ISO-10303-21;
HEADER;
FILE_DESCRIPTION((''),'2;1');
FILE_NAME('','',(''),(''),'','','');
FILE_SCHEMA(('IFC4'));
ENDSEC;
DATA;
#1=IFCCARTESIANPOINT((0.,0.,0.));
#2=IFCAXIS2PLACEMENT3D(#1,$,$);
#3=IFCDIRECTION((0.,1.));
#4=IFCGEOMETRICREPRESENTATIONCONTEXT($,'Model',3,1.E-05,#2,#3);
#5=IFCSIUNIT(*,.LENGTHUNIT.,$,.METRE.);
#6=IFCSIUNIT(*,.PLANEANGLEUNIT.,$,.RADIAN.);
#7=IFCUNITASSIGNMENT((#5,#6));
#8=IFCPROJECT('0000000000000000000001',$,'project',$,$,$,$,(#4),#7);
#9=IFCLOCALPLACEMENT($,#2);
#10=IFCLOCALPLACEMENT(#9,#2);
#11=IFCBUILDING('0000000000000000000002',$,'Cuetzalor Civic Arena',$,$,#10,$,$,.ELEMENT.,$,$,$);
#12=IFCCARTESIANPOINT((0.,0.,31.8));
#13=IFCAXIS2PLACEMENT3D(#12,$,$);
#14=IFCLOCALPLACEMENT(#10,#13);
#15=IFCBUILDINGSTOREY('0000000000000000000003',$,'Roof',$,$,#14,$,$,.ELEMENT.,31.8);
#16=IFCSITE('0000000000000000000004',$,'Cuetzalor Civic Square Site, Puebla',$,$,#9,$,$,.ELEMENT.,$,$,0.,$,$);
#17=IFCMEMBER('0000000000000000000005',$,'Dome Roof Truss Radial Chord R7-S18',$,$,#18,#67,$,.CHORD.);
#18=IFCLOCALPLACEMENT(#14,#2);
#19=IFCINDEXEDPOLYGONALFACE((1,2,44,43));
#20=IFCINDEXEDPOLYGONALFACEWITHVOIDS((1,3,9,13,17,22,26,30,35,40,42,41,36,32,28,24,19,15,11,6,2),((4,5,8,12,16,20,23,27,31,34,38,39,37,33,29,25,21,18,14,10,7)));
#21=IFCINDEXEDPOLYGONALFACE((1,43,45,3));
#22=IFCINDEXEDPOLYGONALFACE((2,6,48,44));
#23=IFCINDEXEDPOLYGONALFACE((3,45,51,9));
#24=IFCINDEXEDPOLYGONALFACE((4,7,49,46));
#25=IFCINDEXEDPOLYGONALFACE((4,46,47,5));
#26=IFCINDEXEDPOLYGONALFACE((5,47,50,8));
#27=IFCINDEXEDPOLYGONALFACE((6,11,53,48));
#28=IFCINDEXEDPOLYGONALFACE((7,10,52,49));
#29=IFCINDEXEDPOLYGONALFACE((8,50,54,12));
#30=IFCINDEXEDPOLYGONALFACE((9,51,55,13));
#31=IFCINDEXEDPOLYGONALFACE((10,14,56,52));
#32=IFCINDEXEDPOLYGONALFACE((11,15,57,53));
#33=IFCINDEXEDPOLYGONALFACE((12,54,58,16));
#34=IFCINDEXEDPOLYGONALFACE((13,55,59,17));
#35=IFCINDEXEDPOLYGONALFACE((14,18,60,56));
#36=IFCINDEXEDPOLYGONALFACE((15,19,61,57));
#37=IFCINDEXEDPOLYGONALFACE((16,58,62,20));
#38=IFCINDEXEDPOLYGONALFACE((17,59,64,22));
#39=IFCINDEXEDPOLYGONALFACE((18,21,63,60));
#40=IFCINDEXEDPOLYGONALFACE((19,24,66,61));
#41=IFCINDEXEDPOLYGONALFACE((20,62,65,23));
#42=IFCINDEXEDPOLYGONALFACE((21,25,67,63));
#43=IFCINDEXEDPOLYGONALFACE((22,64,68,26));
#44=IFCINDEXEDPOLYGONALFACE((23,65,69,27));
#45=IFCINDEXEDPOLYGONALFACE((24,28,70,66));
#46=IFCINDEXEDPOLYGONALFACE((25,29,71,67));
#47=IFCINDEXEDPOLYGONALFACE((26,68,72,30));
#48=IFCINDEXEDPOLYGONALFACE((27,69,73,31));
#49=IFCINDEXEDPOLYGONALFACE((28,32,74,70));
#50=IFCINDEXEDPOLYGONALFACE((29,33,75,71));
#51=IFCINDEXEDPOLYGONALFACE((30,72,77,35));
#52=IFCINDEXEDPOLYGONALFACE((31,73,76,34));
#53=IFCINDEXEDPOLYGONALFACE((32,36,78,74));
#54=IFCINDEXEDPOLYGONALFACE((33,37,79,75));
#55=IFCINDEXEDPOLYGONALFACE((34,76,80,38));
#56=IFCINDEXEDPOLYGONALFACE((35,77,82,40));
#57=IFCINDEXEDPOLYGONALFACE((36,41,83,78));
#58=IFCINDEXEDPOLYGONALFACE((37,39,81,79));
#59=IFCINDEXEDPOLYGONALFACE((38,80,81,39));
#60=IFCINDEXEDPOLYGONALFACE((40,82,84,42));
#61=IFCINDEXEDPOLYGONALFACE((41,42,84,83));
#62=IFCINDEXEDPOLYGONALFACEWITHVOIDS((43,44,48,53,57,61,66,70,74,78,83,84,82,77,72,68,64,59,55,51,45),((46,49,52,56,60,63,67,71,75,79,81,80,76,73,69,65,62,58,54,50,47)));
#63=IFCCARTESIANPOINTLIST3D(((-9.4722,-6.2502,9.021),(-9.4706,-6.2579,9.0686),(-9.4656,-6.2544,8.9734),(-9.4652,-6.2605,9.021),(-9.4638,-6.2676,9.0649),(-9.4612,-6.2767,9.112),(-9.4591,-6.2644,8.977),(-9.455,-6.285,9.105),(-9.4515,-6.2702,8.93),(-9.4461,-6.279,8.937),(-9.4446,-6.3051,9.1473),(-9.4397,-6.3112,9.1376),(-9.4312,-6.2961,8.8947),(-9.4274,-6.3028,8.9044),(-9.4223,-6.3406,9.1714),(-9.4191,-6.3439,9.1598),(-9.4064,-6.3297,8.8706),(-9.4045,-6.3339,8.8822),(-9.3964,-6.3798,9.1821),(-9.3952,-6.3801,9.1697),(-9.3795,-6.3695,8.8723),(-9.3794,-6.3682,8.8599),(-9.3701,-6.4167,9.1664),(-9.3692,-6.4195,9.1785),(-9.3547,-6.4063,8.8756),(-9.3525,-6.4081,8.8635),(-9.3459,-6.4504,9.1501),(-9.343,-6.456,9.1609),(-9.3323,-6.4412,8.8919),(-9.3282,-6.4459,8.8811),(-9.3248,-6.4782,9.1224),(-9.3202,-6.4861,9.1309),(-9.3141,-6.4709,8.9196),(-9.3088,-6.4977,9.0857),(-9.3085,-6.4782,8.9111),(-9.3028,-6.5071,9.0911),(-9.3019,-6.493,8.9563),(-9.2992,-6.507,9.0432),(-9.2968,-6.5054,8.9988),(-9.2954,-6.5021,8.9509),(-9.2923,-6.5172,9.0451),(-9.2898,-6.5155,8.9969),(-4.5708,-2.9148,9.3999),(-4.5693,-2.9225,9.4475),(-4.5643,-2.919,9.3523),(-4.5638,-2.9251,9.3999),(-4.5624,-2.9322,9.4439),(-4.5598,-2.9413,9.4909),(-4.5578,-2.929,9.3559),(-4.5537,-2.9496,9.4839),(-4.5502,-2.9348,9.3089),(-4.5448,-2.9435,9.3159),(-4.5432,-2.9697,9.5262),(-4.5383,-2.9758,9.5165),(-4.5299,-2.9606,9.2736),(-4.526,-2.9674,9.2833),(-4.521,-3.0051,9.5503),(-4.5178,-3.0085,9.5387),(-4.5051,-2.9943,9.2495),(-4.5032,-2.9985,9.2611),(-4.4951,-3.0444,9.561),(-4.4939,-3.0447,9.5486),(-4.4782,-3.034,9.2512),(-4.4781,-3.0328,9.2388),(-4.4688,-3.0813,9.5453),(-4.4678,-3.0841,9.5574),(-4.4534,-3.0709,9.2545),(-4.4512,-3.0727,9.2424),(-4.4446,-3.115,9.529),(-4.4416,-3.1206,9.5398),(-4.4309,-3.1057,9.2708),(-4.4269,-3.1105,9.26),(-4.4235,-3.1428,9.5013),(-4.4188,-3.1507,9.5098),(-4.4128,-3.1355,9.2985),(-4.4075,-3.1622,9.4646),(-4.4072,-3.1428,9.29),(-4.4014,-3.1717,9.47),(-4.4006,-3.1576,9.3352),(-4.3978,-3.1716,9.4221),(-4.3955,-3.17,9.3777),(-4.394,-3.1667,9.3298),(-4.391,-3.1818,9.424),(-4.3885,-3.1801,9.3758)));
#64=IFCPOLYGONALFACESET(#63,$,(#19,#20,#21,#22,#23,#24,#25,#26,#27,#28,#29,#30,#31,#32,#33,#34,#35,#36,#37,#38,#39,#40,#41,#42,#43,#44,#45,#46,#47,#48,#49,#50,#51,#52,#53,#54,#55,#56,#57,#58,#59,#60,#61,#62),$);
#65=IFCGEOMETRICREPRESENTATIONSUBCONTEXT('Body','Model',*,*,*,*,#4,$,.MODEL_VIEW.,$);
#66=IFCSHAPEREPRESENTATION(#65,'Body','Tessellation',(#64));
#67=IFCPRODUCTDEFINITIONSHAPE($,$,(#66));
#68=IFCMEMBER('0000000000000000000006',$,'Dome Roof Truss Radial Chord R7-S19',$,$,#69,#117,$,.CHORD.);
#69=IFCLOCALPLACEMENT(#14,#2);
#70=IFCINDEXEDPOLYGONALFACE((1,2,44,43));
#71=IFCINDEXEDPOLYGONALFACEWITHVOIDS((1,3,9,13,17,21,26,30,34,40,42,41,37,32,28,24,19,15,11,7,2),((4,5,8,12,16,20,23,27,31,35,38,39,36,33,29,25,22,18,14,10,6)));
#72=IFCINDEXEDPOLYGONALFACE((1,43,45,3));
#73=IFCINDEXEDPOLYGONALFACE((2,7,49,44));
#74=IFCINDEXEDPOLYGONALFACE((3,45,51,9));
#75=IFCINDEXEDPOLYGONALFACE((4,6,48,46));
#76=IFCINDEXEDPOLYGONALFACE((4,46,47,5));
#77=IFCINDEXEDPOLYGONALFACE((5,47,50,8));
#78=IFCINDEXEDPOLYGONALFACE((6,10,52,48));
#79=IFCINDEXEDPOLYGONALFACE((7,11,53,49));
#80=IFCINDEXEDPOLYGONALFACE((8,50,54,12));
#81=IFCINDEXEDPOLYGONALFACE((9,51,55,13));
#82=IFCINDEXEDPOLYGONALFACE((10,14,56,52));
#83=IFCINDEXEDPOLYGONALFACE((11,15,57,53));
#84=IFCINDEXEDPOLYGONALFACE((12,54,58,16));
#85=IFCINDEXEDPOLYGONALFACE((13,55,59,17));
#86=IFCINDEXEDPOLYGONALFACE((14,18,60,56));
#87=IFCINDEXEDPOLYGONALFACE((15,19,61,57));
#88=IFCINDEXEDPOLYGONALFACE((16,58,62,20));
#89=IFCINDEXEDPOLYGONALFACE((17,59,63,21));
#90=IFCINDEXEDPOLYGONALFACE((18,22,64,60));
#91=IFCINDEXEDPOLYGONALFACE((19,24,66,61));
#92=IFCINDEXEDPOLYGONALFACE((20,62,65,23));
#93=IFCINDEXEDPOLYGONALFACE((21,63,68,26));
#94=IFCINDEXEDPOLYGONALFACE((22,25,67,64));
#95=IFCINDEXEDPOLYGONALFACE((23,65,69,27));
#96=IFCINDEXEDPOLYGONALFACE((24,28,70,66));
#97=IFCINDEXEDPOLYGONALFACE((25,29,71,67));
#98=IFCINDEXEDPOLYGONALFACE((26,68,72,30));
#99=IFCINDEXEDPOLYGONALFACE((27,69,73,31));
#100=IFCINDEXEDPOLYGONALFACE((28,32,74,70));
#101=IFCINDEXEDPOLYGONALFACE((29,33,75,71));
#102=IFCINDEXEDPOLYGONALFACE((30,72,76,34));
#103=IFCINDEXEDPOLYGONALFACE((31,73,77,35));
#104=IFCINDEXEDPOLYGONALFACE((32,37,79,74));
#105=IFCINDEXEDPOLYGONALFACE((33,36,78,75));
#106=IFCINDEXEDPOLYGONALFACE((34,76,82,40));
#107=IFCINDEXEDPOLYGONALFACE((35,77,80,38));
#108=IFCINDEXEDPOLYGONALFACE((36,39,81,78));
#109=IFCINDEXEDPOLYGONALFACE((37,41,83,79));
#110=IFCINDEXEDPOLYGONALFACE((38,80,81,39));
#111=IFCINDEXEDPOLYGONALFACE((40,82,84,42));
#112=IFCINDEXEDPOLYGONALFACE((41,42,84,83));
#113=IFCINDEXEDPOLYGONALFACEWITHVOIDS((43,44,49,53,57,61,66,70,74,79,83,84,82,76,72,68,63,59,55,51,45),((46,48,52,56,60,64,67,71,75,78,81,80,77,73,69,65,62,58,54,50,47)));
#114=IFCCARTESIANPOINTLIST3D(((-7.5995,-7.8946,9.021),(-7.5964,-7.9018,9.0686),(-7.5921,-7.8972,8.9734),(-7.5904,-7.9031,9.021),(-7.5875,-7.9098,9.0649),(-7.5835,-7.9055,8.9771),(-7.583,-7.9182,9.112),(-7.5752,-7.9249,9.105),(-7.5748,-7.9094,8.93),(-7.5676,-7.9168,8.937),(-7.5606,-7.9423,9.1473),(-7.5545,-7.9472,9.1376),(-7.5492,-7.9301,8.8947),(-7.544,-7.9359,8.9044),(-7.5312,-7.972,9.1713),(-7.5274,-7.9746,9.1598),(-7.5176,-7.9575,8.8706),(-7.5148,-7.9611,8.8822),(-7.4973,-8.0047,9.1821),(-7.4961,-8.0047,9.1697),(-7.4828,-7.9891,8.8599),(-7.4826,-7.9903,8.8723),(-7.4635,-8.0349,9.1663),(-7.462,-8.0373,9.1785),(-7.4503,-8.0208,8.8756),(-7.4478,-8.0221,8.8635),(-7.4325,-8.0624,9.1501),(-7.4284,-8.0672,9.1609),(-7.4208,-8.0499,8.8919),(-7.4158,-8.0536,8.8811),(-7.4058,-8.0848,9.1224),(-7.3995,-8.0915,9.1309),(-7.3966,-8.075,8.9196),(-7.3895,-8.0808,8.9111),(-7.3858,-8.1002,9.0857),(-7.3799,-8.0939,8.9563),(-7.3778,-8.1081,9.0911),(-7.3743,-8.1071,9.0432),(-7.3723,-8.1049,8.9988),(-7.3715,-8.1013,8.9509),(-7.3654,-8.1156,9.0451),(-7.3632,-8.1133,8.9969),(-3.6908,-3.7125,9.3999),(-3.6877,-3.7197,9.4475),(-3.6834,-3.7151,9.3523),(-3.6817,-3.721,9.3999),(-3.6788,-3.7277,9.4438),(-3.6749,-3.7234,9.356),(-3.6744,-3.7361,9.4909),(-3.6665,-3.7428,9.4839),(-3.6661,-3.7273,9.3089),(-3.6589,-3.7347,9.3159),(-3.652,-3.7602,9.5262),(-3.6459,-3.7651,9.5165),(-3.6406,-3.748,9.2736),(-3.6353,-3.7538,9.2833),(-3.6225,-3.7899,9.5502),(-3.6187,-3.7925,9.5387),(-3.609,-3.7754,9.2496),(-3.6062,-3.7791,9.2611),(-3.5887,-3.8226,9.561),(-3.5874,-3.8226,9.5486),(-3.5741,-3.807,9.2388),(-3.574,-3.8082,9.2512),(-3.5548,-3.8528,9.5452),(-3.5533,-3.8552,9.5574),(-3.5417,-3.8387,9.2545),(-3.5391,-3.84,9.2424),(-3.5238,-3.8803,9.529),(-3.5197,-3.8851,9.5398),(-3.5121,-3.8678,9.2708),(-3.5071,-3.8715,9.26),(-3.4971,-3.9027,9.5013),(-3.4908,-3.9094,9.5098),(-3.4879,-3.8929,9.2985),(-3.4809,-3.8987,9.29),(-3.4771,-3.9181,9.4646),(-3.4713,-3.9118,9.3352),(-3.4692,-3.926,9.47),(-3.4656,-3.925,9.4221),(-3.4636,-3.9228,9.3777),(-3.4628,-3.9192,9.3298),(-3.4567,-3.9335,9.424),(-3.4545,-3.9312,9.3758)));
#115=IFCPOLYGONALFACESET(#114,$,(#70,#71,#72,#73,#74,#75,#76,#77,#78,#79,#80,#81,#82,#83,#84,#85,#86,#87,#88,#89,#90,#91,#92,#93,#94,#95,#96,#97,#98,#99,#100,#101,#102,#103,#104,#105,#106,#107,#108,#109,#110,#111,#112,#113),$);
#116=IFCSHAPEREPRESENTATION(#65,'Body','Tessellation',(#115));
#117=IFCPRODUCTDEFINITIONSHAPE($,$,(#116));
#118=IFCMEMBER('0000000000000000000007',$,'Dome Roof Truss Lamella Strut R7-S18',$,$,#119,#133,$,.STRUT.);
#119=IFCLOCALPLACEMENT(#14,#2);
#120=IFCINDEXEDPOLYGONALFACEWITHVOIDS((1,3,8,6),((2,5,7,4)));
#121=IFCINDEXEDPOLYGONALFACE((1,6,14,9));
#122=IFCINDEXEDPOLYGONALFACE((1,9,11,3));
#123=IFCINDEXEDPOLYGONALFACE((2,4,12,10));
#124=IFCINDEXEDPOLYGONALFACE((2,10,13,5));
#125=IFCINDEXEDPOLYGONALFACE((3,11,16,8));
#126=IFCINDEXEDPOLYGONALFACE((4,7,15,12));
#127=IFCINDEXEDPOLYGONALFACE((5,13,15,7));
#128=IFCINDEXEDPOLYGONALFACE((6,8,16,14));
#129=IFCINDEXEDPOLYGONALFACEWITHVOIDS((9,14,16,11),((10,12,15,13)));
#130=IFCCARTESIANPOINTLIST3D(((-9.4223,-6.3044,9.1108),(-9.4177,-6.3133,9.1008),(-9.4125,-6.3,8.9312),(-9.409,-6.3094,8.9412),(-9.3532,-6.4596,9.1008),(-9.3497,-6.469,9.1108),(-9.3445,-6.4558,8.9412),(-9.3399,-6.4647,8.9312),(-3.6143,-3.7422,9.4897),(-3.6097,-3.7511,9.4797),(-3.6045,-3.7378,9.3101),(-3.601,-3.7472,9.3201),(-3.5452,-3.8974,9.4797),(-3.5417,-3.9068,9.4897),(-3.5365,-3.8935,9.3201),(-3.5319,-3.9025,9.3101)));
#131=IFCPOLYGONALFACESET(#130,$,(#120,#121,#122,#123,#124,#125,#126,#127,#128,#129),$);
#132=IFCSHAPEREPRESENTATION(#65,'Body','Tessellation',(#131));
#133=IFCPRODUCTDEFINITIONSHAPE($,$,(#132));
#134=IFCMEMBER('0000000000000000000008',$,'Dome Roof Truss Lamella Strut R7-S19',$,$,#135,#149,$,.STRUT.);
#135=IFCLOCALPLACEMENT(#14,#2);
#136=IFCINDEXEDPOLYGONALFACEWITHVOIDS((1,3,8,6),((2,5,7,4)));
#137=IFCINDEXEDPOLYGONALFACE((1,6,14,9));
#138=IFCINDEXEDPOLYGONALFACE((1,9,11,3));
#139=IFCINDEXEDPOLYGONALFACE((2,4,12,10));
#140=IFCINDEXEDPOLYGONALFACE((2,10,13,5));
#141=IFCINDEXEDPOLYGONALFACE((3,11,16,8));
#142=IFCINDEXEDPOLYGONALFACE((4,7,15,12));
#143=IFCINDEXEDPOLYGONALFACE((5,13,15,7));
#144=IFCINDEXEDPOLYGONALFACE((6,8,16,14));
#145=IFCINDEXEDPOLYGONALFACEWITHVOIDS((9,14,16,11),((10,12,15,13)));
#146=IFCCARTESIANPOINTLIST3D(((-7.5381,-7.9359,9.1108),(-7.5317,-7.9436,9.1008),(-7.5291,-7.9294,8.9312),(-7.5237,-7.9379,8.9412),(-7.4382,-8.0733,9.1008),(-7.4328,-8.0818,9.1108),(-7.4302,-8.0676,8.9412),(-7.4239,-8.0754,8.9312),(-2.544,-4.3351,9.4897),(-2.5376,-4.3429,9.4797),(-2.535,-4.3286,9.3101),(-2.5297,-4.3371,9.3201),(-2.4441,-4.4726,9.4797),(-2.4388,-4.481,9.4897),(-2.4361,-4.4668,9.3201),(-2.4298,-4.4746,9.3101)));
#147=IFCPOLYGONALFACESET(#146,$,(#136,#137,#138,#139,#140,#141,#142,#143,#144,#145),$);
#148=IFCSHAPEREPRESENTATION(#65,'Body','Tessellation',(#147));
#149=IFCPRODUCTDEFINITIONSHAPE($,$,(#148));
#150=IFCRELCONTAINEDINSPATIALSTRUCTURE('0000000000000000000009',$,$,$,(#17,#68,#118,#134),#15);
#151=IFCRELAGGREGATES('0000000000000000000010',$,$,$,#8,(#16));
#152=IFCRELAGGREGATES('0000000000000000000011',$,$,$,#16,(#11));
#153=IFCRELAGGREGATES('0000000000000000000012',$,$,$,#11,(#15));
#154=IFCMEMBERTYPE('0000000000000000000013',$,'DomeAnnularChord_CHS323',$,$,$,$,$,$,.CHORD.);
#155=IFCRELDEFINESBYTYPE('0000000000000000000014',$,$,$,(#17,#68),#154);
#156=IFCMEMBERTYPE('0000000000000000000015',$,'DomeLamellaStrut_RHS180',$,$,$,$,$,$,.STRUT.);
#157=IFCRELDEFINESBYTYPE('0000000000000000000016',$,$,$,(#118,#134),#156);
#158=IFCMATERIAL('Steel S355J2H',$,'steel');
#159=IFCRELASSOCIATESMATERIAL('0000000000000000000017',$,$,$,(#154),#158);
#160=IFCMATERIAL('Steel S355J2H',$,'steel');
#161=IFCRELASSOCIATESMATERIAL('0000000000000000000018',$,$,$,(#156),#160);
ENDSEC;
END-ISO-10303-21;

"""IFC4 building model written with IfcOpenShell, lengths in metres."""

from ifc_helpers import new_model, si_unit, direction, frame, origin, origin_2d, place, context, subcontext, project, spatial, hollow_rectangle, hollow_circle, extrude, material, material_profile, profile_set, type_object, element, save


model = new_model("IFC4")

# Units and contexts
model_context = context("Model", 3, precision=1e-05, world=origin(), true_north=direction((0.0, 1.0)))
body_context = subcontext(model_context, "Body", "Model", "MODEL_VIEW")
ifc_project = project(units=[si_unit("LENGTHUNIT", "METRE"), si_unit("PLANEANGLEUNIT", "RADIAN")], contexts=[model_context])

# Site, building, storey
site_placement = place(None, origin())
site = spatial("IfcSite", under=ifc_project, at=site_placement, Name="Cuetzalor Civic Square Site, Puebla", CompositionType="ELEMENT", RefElevation=0.0)
building_placement = place(site_placement, origin())
building = spatial("IfcBuilding", under=site, at=building_placement, Name="Cuetzalor Civic Arena", CompositionType="ELEMENT")
storey_placement = place(building_placement, frame((0.0, 0.0, 31.8)))
storey = spatial("IfcBuildingStorey", under=building, at=storey_placement, Name="Roof", CompositionType="ELEMENT", Elevation=31.8)

# Members
ifc_material_1 = material(Name="Steel S355J2H", Category="steel")
ifc_material_profile_1 = material_profile(ifc_material_1, hollow_circle(Radius=0.1619, WallThickness=0.0125, at=origin_2d()), Name="CHS 323.9x12.5")
ifc_profile_set_1 = profile_set([ifc_material_profile_1], Name="Steel S355J2H")
member_type_1 = type_object("IfcMemberType", Name="DomeAnnularChord_CHS323", PredefinedType="CHORD", material=ifc_profile_set_1)
member_1_placement = place(storey_placement, frame((-9.3811, -6.384, 9.021), z_axis=(0.825046, 0.561455, 0.063781), x_axis=(-0.562601, 0.826729, 0.0)))
element("IfcMember", 1, at=member_1_placement, inside=storey, type_object=member_type_1, Name="Dome Roof Truss Radial Chord R7-S18", PredefinedType="CHORD", context=body_context, shape_type="SweptSolid", body=[
    extrude(hollow_circle(Radius=0.1619, WallThickness=0.0125, at=origin_2d()), origin(), (0.0, 0.0, 1.0), 5.9407),
])
member_2_placement = place(storey_placement, frame((-7.4812, -8.0051, 9.021), z_axis=(0.681329, 0.728992, 0.066048), x_axis=(-0.730587, 0.68282, 0.0)))
element("IfcMember", 2, at=member_2_placement, inside=storey, type_object=member_type_1, Name="Dome Roof Truss Radial Chord R7-S19", PredefinedType="CHORD", context=body_context, shape_type="SweptSolid", body=[
    extrude(hollow_circle(Radius=0.1619, WallThickness=0.0125, at=origin_2d()), origin(), (0.0, 0.0, 1.0), 5.7368),
])
ifc_material_2 = material(Name="Steel S355J2H", Category="steel")
ifc_material_profile_2 = material_profile(ifc_material_2, hollow_rectangle(XDim=0.1799, YDim=0.1799, WallThickness=0.01, at=origin_2d()), Name="RHS 180x180x10")
ifc_profile_set_2 = profile_set([ifc_material_profile_2], Name="Steel S355J2H")
member_type_2 = type_object("IfcMemberType", Name="DomeLamellaStrut_RHS180", PredefinedType="STRUT", material=ifc_profile_set_2)
member_3_placement = place(storey_placement, frame((-9.3811, -6.3845, 9.021), z_axis=(0.913301, 0.402904, 0.059581), x_axis=(-0.403621, 0.914926, 0.0)))
element("IfcMember", 3, at=member_3_placement, inside=storey, type_object=member_type_2, Name="Dome Roof Truss Lamella Strut R7-S18", PredefinedType="STRUT", context=body_context, shape_type="SweptSolid", body=[
    extrude(hollow_rectangle(XDim=0.1799, YDim=0.1799, WallThickness=0.01, at=origin_2d()), origin(), (0.0, 0.0, 1.0), 6.3594),
])
member_4_placement = place(storey_placement, frame((-7.481, -8.0056, 9.021), z_axis=(0.809614, 0.58374, 0.061426), x_axis=(-0.584845, 0.811145, 0.0)))
element("IfcMember", 4, at=member_4_placement, inside=storey, type_object=member_type_2, Name="Dome Roof Truss Lamella Strut R7-S19", PredefinedType="STRUT", context=body_context, shape_type="SweptSolid", body=[
    extrude(hollow_rectangle(XDim=0.1799, YDim=0.1799, WallThickness=0.01, at=origin_2d()), origin(), (0.0, 0.0, 1.0), 6.1685),
])

save(model, "model.ifc")
